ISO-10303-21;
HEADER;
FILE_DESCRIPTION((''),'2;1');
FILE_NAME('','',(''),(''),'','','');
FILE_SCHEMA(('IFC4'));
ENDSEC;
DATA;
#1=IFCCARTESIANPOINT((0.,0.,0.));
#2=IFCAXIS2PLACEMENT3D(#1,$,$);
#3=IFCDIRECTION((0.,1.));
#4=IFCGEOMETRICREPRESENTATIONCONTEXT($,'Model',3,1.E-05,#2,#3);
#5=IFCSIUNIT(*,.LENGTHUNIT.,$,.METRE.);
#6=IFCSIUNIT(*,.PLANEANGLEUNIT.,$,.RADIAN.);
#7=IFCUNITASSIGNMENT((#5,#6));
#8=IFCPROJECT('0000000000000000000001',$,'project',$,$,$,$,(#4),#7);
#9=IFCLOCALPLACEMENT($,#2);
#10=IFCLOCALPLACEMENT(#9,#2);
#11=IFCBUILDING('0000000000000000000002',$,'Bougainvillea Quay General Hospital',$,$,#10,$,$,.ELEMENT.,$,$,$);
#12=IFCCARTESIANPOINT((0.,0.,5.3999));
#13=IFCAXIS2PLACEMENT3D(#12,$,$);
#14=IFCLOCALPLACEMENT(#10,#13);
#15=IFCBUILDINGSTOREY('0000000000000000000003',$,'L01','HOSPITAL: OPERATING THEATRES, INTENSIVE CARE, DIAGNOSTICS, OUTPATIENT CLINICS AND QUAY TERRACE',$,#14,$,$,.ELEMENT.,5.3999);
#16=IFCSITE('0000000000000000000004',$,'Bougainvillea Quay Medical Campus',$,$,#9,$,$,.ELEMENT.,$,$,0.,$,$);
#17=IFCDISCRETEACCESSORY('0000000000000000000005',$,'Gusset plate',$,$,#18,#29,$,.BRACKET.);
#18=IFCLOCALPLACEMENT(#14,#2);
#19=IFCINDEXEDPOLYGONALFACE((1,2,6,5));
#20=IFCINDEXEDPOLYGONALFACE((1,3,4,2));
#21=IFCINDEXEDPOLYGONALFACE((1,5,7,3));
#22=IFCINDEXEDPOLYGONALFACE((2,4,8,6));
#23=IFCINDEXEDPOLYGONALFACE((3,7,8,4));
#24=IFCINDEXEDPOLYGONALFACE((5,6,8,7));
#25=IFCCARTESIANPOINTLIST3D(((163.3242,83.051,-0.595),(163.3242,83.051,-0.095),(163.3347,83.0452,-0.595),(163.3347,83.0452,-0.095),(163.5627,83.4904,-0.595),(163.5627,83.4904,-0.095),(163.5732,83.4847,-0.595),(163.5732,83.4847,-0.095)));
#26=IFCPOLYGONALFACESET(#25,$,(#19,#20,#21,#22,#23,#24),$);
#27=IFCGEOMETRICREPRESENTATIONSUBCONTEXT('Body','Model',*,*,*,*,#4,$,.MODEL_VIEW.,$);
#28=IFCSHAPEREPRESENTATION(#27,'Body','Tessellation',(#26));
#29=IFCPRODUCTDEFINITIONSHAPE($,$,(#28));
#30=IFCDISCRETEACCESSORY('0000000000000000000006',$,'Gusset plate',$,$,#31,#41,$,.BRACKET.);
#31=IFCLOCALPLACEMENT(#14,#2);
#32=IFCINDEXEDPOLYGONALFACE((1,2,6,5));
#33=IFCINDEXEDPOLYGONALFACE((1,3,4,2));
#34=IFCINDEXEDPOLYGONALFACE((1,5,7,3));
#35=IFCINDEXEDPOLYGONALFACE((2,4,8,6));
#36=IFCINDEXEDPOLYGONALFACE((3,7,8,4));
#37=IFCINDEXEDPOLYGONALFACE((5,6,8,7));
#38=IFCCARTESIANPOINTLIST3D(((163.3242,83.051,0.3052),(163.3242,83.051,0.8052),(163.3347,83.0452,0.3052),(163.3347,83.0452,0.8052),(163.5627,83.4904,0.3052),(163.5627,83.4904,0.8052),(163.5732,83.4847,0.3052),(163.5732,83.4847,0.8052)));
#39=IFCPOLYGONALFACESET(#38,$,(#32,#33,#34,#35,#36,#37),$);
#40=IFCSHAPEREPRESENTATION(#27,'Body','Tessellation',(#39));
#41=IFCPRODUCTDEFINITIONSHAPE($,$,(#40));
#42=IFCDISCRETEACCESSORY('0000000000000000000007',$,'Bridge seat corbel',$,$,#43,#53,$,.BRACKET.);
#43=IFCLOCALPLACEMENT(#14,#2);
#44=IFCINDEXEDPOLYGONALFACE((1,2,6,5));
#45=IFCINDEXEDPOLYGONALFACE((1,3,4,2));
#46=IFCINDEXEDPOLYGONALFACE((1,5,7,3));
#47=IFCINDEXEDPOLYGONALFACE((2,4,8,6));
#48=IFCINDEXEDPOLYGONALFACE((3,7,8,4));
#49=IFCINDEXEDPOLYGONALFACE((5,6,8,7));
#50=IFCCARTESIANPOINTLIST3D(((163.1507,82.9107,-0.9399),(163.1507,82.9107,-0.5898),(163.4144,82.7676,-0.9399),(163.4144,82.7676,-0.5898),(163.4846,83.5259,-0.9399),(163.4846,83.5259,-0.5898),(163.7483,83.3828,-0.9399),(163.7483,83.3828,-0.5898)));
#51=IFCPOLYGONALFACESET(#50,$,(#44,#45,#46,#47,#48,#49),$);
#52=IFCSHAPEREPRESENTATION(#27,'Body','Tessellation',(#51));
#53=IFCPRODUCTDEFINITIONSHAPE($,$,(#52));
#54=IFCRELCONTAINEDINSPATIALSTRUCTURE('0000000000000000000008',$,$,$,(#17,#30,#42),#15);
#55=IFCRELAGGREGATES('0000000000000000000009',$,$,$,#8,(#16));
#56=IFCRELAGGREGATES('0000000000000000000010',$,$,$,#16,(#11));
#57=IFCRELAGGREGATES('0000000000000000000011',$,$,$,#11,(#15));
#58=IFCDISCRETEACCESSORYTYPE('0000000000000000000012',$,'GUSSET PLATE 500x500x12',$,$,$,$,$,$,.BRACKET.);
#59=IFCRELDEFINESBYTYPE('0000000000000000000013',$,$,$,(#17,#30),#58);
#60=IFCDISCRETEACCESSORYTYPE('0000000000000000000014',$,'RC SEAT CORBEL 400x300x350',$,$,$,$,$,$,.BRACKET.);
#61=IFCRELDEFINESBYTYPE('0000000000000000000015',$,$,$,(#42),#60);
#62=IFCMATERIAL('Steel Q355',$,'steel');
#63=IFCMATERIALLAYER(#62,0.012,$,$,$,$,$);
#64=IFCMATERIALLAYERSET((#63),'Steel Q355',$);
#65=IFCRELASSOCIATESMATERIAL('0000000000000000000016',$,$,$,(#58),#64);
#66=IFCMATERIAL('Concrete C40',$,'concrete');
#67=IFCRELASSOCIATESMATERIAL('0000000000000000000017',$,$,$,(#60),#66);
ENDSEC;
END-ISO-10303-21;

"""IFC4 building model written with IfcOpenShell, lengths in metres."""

from ifc_helpers import new_model, si_unit, direction, frame, origin, origin_2d, place, context, subcontext, project, spatial, rectangle, extrude, material, layer, layer_set, type_object, element, save


model = new_model("IFC4")

# Units and contexts
model_context = context("Model", 3, precision=1e-05, world=origin(), true_north=direction((0.0, 1.0)))
body_context = subcontext(model_context, "Body", "Model", "MODEL_VIEW")
ifc_project = project(units=[si_unit("LENGTHUNIT", "METRE"), si_unit("PLANEANGLEUNIT", "RADIAN")], contexts=[model_context])

# Site, building, storey
site_placement = place(None, origin())
site = spatial("IfcSite", under=ifc_project, at=site_placement, Name="Bougainvillea Quay Medical Campus", CompositionType="ELEMENT", RefElevation=0.0)
building_placement = place(site_placement, origin())
building = spatial("IfcBuilding", under=site, at=building_placement, Name="Bougainvillea Quay General Hospital", CompositionType="ELEMENT")
storey_placement = place(building_placement, frame((0.0, 0.0, 5.3999)))
storey = spatial("IfcBuildingStorey", under=building, at=storey_placement, Name="L01", Description="HOSPITAL: OPERATING THEATRES, INTENSIVE CARE, DIAGNOSTICS, OUTPATIENT CLINICS AND QUAY TERRACE", CompositionType="ELEMENT", Elevation=5.3999)

# Shared definitions
ifc_material_1 = material(Name="Concrete C40", Category="concrete")

# Shared definitions
ifc_material_2 = material(Name="Steel Q355", Category="steel")

# Discrete accessories
ifc_layer_1 = layer(ifc_material_2, 0.012)
ifc_layer_set_1 = layer_set([ifc_layer_1], Name="Steel Q355")
discrete_accessory_type_1 = type_object("IfcDiscreteAccessoryType", Name="GUSSET PLATE 500x500x12", PredefinedType="BRACKET", material=ifc_layer_set_1)
for number, where, z_axis, x_axis, name in (
    (1, (163.4487, 83.2678, -0.595), (0.0, 0.0, 1.0), (0.477018, 0.878894, 0.0), "Gusset plate"),
    (2, (163.4487, 83.2678, 0.3052), (0.0, 0.0, 1.0), (0.477018, 0.878894, 0.0), "Gusset plate"),
):
    element("IfcDiscreteAccessory", number, at=place(storey_placement, frame(where, z_axis=z_axis, x_axis=x_axis)), inside=storey, type_object=discrete_accessory_type_1, Name=name, PredefinedType="BRACKET", context=body_context, shape_type="SweptSolid", body=[
        extrude(rectangle(XDim=0.5, YDim=0.012, at=origin_2d()), origin(), (0.0, 0.0, 1.0), 0.5),
    ])
discrete_accessory_type_2 = type_object("IfcDiscreteAccessoryType", Name="RC SEAT CORBEL 400x300x350", PredefinedType="BRACKET", material=ifc_material_1)
discrete_accessory_placement = place(storey_placement, frame((163.4495, 83.1467, -0.9399), z_axis=(0.0, 0.0, 1.0), x_axis=(-0.477018, -0.878894, 0.0)))
element("IfcDiscreteAccessory", 3, at=discrete_accessory_placement, inside=storey, type_object=discrete_accessory_type_2, Name="Bridge seat corbel", PredefinedType="BRACKET", context=body_context, shape_type="SweptSolid", body=[
    extrude(rectangle(XDim=0.7, YDim=0.3, at=origin_2d()), origin(), (0.0, 0.0, 1.0), 0.3501),
])

save(model, "model.ifc")
